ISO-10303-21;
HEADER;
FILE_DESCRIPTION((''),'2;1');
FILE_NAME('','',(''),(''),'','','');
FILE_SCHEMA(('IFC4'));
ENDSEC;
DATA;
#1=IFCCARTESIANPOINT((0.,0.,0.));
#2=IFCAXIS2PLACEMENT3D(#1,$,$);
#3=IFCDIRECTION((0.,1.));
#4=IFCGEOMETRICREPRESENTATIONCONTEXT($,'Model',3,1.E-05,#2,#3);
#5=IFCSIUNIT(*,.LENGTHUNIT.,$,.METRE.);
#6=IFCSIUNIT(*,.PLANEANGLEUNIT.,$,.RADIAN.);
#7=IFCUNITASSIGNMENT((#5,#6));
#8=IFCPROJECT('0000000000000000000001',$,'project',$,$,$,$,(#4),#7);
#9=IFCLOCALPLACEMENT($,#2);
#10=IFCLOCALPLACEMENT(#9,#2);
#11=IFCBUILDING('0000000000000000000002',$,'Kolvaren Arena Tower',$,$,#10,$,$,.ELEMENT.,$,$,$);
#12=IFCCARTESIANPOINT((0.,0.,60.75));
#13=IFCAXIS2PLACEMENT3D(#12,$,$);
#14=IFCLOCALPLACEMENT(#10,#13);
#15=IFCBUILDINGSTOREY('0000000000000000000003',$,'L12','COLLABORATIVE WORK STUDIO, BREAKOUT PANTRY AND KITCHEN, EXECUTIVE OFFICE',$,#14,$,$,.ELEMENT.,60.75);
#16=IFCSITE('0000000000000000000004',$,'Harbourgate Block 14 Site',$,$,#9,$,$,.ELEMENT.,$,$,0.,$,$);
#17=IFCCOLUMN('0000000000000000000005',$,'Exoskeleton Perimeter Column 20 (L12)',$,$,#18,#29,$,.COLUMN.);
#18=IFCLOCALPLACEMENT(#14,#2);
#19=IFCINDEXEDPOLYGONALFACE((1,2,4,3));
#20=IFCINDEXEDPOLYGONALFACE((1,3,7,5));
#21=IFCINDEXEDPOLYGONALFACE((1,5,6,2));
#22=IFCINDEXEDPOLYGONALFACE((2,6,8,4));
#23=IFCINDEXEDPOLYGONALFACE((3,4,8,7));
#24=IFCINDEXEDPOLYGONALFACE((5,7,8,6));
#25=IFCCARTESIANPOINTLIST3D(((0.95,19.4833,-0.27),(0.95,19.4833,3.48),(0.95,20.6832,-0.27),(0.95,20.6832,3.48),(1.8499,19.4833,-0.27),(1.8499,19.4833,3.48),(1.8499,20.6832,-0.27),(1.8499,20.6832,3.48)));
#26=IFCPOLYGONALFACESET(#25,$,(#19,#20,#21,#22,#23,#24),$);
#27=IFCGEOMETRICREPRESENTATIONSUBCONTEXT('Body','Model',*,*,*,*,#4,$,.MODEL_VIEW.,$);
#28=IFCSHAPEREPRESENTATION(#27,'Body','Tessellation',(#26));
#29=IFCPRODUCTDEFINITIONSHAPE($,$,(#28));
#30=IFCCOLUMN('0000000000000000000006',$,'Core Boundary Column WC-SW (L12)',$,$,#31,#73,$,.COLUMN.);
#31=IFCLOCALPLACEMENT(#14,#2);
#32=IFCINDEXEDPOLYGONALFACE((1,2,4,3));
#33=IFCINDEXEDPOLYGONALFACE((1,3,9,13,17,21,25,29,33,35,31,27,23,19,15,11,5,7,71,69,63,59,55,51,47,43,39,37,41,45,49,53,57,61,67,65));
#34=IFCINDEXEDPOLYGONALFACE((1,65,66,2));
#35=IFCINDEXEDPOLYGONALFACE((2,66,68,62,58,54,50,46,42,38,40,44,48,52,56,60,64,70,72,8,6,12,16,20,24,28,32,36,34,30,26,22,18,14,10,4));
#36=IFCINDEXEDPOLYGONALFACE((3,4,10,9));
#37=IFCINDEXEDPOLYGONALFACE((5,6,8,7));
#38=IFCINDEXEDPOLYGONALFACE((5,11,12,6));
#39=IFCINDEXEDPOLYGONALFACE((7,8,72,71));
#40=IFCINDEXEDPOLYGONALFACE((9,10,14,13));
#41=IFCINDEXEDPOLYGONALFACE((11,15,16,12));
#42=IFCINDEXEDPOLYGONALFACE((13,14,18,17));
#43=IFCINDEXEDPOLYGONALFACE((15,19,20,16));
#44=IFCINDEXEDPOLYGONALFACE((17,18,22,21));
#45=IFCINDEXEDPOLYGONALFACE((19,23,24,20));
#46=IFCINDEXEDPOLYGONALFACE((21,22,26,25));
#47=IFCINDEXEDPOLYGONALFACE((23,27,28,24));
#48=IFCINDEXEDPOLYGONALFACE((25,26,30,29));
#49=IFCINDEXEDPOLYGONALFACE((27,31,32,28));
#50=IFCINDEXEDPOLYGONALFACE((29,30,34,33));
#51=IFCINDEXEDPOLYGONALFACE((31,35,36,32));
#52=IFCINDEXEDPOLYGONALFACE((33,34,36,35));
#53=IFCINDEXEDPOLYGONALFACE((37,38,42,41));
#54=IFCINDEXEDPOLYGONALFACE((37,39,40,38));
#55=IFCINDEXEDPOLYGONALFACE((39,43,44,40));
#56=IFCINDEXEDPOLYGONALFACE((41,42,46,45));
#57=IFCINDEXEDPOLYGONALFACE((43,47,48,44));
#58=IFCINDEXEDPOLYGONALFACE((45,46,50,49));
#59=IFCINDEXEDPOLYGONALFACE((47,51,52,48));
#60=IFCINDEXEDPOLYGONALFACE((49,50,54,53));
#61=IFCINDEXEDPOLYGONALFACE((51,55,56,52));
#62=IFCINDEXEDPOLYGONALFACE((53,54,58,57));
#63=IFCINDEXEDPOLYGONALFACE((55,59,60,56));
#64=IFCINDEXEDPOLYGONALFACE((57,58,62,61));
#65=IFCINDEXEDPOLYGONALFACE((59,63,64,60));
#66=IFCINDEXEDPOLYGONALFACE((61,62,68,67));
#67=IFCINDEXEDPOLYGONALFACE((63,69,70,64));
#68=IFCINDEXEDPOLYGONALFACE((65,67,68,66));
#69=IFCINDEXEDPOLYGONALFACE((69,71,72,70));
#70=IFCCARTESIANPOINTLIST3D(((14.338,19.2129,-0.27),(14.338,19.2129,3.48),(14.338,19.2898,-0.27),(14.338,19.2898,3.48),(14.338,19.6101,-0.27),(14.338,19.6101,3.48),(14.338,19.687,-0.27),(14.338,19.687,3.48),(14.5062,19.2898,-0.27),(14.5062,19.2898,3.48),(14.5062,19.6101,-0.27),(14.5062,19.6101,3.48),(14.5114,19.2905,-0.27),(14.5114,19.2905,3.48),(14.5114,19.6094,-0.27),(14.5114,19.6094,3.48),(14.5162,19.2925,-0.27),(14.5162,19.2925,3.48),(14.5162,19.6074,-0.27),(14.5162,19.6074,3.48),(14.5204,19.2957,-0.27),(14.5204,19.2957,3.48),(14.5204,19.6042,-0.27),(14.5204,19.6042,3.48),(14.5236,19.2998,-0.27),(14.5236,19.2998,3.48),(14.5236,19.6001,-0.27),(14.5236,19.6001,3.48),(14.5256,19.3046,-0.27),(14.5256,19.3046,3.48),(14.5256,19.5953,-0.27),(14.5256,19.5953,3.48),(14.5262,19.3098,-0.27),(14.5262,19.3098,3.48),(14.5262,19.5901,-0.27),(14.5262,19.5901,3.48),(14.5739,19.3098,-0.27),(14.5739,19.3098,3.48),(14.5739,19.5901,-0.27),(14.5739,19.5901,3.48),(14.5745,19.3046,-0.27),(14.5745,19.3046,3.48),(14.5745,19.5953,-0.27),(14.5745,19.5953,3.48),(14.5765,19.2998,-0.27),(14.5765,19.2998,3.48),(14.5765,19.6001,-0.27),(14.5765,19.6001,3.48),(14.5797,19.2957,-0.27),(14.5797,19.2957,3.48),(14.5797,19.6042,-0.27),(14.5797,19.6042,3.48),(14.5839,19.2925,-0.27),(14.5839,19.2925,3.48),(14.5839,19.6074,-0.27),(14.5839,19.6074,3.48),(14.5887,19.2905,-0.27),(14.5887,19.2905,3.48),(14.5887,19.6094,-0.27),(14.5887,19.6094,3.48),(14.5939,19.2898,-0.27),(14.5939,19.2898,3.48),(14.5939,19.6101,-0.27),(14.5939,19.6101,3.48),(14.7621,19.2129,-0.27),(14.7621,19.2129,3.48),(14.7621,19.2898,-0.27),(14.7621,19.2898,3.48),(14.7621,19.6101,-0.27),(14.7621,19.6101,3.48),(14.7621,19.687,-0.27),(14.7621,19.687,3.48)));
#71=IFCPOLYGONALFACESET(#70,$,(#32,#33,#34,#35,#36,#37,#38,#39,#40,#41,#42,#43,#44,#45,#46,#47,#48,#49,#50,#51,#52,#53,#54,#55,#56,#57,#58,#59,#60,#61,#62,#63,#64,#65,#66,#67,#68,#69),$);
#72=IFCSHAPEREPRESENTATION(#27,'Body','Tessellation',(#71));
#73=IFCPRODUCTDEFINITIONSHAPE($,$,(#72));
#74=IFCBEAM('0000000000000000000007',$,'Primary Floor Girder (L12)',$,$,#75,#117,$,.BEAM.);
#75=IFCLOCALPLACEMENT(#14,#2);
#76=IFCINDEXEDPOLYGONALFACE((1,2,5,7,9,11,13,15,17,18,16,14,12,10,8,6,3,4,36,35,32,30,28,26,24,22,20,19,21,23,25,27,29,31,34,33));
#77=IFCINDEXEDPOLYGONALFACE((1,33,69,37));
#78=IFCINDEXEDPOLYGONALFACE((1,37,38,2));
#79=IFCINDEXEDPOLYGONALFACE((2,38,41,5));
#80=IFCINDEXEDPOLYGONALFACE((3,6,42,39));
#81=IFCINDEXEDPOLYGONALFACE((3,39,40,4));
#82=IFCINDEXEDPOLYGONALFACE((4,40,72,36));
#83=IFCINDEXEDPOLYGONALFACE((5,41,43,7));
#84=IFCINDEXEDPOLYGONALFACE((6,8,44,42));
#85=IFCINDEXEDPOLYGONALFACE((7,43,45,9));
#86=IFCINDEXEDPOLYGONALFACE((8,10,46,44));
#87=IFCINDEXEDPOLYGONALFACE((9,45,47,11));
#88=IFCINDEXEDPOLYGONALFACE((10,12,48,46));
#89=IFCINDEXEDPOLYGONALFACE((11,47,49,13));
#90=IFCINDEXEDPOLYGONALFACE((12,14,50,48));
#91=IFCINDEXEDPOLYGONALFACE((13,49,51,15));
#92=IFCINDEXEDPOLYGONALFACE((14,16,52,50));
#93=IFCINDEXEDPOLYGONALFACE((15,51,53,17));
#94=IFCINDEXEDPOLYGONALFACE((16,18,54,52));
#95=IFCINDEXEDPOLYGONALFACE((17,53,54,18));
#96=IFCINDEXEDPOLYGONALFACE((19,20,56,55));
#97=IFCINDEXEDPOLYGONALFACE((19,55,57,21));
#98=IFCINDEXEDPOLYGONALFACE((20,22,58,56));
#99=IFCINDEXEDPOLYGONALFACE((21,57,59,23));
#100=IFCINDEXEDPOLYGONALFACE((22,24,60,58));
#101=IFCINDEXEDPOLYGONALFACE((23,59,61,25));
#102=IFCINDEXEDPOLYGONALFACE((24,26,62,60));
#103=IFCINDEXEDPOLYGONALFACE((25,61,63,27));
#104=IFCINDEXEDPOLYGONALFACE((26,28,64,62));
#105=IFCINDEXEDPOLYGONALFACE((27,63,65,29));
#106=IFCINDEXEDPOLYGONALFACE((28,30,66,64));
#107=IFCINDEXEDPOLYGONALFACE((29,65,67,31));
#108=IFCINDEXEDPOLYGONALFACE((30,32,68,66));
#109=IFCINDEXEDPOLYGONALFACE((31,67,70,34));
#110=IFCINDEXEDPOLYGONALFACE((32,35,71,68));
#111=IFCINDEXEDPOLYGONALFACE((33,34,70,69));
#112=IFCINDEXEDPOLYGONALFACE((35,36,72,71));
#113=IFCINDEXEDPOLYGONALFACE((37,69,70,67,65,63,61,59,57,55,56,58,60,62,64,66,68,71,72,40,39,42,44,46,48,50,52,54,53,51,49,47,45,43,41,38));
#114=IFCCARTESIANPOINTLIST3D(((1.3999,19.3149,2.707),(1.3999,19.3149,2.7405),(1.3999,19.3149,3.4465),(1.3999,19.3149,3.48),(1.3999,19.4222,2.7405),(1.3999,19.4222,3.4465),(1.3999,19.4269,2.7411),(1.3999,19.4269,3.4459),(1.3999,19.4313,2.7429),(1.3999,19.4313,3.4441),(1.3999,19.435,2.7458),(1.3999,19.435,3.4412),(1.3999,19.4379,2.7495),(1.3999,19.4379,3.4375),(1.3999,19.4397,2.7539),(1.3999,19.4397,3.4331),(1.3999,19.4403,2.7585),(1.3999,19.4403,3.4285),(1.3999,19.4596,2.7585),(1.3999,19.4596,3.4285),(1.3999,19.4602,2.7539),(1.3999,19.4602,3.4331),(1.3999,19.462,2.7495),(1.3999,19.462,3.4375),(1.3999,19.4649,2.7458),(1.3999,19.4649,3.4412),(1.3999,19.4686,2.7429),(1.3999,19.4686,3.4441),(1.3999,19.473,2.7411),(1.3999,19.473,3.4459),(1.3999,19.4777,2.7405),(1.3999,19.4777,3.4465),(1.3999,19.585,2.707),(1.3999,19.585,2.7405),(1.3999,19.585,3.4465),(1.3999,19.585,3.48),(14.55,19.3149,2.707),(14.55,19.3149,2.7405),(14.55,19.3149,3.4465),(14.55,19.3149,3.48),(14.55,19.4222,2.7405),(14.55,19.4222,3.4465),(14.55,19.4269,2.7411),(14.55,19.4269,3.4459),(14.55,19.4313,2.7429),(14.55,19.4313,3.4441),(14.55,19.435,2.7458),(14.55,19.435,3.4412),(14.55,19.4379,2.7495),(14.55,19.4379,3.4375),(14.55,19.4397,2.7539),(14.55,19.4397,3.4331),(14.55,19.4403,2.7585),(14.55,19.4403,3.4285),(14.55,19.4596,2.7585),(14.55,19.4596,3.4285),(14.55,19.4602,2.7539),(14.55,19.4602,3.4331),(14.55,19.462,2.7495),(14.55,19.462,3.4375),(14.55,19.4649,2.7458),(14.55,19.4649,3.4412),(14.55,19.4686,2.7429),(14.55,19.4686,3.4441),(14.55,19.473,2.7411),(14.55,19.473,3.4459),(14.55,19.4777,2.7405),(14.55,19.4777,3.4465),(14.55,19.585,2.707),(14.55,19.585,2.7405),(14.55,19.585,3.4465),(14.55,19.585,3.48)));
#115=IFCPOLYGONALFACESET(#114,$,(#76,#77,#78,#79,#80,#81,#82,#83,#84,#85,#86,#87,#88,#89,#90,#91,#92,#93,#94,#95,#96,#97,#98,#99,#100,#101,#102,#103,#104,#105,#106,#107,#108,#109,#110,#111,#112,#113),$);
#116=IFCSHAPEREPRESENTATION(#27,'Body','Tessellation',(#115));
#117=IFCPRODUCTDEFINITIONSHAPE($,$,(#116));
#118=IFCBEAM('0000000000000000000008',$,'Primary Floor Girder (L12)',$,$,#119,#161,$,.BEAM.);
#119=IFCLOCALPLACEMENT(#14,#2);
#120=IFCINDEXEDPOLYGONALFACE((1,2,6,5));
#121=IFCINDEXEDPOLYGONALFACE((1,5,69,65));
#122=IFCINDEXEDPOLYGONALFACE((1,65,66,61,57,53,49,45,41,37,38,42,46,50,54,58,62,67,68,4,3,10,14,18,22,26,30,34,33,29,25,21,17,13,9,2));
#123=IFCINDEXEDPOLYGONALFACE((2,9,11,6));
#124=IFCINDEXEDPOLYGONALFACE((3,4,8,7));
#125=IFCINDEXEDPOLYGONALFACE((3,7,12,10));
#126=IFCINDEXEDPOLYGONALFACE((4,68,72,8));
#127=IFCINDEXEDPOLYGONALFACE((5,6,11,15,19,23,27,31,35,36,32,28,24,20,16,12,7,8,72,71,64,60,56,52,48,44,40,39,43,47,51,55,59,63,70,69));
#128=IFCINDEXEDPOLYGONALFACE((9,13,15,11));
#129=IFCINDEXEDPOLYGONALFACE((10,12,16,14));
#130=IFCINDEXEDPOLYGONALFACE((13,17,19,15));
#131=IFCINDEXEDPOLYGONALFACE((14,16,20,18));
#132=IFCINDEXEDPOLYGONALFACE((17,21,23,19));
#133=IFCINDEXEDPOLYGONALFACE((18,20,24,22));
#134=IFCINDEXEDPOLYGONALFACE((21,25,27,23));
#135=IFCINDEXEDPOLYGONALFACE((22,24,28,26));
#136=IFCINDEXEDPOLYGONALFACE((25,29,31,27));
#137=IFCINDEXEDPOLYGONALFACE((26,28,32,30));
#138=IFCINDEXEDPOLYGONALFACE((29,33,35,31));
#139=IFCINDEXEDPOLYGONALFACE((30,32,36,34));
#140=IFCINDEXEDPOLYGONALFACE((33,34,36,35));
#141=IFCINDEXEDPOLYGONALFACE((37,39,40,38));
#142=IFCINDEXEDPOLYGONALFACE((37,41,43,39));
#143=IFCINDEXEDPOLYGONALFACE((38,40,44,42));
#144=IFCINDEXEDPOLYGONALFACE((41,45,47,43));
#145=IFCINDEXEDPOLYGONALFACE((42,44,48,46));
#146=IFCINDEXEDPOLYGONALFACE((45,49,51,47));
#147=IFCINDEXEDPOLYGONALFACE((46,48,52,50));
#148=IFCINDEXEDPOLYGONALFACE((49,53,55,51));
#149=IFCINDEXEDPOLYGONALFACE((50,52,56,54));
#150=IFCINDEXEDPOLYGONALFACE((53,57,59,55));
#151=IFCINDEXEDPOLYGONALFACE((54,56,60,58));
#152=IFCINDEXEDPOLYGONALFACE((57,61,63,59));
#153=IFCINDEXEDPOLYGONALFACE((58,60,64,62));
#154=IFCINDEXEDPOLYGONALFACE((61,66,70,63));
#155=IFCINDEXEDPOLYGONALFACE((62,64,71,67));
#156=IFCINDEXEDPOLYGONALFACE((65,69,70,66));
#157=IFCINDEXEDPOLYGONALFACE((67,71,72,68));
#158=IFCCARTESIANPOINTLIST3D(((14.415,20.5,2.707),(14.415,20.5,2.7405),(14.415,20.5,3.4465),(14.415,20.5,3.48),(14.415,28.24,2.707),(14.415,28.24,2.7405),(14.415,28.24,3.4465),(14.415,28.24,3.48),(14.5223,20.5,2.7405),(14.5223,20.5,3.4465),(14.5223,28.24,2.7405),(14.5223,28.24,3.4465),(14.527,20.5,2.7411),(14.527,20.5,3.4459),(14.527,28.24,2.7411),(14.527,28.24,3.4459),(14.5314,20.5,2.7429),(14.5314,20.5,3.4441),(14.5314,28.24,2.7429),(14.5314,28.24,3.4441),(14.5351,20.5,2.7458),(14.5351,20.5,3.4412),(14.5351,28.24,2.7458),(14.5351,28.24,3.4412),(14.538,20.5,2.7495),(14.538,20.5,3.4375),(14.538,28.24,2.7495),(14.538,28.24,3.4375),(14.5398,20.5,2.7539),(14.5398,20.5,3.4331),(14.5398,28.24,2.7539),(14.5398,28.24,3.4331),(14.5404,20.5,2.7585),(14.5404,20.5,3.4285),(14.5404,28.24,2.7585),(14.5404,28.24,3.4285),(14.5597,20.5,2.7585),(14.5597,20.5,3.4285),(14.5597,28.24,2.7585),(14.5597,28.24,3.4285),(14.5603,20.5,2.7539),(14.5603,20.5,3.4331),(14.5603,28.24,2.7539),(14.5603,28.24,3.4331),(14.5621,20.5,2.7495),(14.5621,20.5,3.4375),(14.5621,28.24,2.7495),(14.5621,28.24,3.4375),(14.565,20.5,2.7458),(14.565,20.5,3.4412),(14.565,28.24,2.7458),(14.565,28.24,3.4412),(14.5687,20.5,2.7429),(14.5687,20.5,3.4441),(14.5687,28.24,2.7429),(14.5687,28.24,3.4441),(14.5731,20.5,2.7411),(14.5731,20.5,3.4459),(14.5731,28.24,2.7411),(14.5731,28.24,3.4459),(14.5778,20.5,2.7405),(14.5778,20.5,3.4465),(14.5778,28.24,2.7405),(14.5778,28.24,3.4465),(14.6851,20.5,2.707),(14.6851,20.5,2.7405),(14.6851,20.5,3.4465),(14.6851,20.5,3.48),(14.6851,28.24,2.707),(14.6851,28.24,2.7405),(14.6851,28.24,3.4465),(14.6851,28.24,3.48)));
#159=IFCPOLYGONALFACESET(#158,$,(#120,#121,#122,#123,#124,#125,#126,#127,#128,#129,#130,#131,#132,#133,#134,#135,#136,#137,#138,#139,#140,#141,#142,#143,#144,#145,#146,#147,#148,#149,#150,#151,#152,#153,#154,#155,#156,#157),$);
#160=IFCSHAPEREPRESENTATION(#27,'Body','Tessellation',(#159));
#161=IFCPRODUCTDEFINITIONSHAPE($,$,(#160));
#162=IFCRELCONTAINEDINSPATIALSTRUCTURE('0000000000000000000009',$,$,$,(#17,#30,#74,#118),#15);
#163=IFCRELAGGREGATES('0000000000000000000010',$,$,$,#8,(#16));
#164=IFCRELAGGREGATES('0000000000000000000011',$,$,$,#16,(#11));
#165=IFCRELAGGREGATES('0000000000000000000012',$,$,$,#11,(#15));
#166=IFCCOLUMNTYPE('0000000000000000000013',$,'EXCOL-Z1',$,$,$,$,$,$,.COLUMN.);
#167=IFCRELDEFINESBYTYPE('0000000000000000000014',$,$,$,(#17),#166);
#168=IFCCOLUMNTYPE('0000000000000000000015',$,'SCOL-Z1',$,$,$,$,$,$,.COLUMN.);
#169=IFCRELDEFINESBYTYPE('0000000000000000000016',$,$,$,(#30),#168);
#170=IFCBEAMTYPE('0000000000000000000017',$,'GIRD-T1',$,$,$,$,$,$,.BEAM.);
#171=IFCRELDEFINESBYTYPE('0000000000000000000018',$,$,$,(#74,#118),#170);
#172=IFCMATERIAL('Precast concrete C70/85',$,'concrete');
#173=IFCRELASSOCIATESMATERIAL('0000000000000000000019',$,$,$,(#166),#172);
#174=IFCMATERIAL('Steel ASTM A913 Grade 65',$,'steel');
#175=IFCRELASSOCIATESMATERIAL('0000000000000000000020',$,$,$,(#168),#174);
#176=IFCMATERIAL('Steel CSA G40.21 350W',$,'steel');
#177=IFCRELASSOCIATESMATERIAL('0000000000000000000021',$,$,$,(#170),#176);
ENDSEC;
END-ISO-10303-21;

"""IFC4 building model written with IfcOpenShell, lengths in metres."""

from ifc_helpers import new_model, si_unit, direction, frame, origin, origin_2d, place, context, subcontext, project, spatial, rectangle, i_section, extrude, material, material_profile, profile_set, type_object, element, save


model = new_model("IFC4")

# Units and contexts
model_context = context("Model", 3, precision=1e-05, world=origin(), true_north=direction((0.0, 1.0)))
body_context = subcontext(model_context, "Body", "Model", "MODEL_VIEW")
ifc_project = project(units=[si_unit("LENGTHUNIT", "METRE"), si_unit("PLANEANGLEUNIT", "RADIAN")], contexts=[model_context])

# Site, building, storey
site_placement = place(None, origin())
site = spatial("IfcSite", under=ifc_project, at=site_placement, Name="Harbourgate Block 14 Site", CompositionType="ELEMENT", RefElevation=0.0)
building_placement = place(site_placement, origin())
building = spatial("IfcBuilding", under=site, at=building_placement, Name="Kolvaren Arena Tower", CompositionType="ELEMENT")
storey_placement = place(building_placement, frame((0.0, 0.0, 60.75)))
storey = spatial("IfcBuildingStorey", under=building, at=storey_placement, Name="L12", Description="COLLABORATIVE WORK STUDIO, BREAKOUT PANTRY AND KITCHEN, EXECUTIVE OFFICE", CompositionType="ELEMENT", Elevation=60.75)

# Columns
ifc_material_1 = material(Name="Precast concrete C70/85", Category="concrete")
ifc_material_profile_1 = material_profile(ifc_material_1, rectangle(XDim=1.2, YDim=0.8999, at=origin_2d()), Name="RC-1200x900")
ifc_profile_set_1 = profile_set([ifc_material_profile_1], Name="Precast concrete C70/85")
column_type_1 = type_object("IfcColumnType", Name="EXCOL-Z1", PredefinedType="COLUMN", material=ifc_profile_set_1)
column_1_placement = place(storey_placement, frame((1.3999, 20.0833, -0.27), z_axis=(0.0, 0.0, 1.0), x_axis=(0.0, 1.0, 0.0)))
element("IfcColumn", 1, at=column_1_placement, inside=storey, type_object=column_type_1, Name="Exoskeleton Perimeter Column 20 (L12)", PredefinedType="COLUMN", context=body_context, shape_type="SweptSolid", body=[
    extrude(rectangle(XDim=1.2, YDim=0.8999, at=origin_2d()), origin(), (0.0, 0.0, 1.0), 3.75),
])
ifc_material_2 = material(Name="Steel ASTM A913 Grade 65", Category="steel")
ifc_material_profile_2 = material_profile(ifc_material_2, i_section(OverallWidth=0.4241, OverallDepth=0.4741, WebThickness=0.0476, FlangeThickness=0.0769, FilletRadius=0.02, at=origin_2d()), Name="W360x634")
ifc_profile_set_2 = profile_set([ifc_material_profile_2], Name="Steel ASTM A913 Grade 65")
column_type_2 = type_object("IfcColumnType", Name="SCOL-Z1", PredefinedType="COLUMN", material=ifc_profile_set_2)
column_2_placement = place(storey_placement, frame((14.55, 19.45, -0.27), z_axis=(0.0, 0.0, 1.0), x_axis=(1.0, 0.0, 0.0)))
element("IfcColumn", 2, at=column_2_placement, inside=storey, type_object=column_type_2, Name="Core Boundary Column WC-SW (L12)", PredefinedType="COLUMN", context=body_context, shape_type="SweptSolid", body=[
    extrude(i_section(OverallWidth=0.4241, OverallDepth=0.4741, WebThickness=0.0476, FlangeThickness=0.0769, FilletRadius=0.02, at=origin_2d()), origin(), (0.0, 0.0, 1.0), 3.75),
])

# Beams
ifc_material_3 = material(Name="Steel CSA G40.21 350W", Category="steel")
ifc_material_profile_3 = material_profile(ifc_material_3, i_section(OverallWidth=0.27, OverallDepth=0.7729, WebThickness=0.0193, FlangeThickness=0.0334, FilletRadius=0.0181, at=origin_2d()), Name="W760x257")
ifc_profile_set_3 = profile_set([ifc_material_profile_3], Name="Steel CSA G40.21 350W")
beam_type_1 = type_object("IfcBeamType", Name="GIRD-T1", PredefinedType="BEAM", material=ifc_profile_set_3)
beam_1_placement = place(storey_placement, frame((1.3999, 19.45, 3.0935), z_axis=(1.0, 0.0, 0.0), x_axis=(0.0, 1.0, 0.0)))
element("IfcBeam", 3, at=beam_1_placement, inside=storey, type_object=beam_type_1, Name="Primary Floor Girder (L12)", PredefinedType="BEAM", context=body_context, shape_type="SweptSolid", body=[
    extrude(i_section(OverallWidth=0.27, OverallDepth=0.7729, WebThickness=0.0193, FlangeThickness=0.0334, FilletRadius=0.0181, at=origin_2d()), origin(), (0.0, 0.0, 1.0), 13.1501),
])
beam_2_placement = place(storey_placement, frame((14.55, 20.5, 3.0935), z_axis=(0.0, 1.0, 0.0), x_axis=(-1.0, 0.0, 0.0)))
element("IfcBeam", 4, at=beam_2_placement, inside=storey, type_object=beam_type_1, Name="Primary Floor Girder (L12)", PredefinedType="BEAM", context=body_context, shape_type="SweptSolid", body=[
    extrude(i_section(OverallWidth=0.27, OverallDepth=0.7729, WebThickness=0.0193, FlangeThickness=0.0334, FilletRadius=0.0181, at=origin_2d()), origin(), (0.0, 0.0, 1.0), 7.74),
])

save(model, "model.ifc")
